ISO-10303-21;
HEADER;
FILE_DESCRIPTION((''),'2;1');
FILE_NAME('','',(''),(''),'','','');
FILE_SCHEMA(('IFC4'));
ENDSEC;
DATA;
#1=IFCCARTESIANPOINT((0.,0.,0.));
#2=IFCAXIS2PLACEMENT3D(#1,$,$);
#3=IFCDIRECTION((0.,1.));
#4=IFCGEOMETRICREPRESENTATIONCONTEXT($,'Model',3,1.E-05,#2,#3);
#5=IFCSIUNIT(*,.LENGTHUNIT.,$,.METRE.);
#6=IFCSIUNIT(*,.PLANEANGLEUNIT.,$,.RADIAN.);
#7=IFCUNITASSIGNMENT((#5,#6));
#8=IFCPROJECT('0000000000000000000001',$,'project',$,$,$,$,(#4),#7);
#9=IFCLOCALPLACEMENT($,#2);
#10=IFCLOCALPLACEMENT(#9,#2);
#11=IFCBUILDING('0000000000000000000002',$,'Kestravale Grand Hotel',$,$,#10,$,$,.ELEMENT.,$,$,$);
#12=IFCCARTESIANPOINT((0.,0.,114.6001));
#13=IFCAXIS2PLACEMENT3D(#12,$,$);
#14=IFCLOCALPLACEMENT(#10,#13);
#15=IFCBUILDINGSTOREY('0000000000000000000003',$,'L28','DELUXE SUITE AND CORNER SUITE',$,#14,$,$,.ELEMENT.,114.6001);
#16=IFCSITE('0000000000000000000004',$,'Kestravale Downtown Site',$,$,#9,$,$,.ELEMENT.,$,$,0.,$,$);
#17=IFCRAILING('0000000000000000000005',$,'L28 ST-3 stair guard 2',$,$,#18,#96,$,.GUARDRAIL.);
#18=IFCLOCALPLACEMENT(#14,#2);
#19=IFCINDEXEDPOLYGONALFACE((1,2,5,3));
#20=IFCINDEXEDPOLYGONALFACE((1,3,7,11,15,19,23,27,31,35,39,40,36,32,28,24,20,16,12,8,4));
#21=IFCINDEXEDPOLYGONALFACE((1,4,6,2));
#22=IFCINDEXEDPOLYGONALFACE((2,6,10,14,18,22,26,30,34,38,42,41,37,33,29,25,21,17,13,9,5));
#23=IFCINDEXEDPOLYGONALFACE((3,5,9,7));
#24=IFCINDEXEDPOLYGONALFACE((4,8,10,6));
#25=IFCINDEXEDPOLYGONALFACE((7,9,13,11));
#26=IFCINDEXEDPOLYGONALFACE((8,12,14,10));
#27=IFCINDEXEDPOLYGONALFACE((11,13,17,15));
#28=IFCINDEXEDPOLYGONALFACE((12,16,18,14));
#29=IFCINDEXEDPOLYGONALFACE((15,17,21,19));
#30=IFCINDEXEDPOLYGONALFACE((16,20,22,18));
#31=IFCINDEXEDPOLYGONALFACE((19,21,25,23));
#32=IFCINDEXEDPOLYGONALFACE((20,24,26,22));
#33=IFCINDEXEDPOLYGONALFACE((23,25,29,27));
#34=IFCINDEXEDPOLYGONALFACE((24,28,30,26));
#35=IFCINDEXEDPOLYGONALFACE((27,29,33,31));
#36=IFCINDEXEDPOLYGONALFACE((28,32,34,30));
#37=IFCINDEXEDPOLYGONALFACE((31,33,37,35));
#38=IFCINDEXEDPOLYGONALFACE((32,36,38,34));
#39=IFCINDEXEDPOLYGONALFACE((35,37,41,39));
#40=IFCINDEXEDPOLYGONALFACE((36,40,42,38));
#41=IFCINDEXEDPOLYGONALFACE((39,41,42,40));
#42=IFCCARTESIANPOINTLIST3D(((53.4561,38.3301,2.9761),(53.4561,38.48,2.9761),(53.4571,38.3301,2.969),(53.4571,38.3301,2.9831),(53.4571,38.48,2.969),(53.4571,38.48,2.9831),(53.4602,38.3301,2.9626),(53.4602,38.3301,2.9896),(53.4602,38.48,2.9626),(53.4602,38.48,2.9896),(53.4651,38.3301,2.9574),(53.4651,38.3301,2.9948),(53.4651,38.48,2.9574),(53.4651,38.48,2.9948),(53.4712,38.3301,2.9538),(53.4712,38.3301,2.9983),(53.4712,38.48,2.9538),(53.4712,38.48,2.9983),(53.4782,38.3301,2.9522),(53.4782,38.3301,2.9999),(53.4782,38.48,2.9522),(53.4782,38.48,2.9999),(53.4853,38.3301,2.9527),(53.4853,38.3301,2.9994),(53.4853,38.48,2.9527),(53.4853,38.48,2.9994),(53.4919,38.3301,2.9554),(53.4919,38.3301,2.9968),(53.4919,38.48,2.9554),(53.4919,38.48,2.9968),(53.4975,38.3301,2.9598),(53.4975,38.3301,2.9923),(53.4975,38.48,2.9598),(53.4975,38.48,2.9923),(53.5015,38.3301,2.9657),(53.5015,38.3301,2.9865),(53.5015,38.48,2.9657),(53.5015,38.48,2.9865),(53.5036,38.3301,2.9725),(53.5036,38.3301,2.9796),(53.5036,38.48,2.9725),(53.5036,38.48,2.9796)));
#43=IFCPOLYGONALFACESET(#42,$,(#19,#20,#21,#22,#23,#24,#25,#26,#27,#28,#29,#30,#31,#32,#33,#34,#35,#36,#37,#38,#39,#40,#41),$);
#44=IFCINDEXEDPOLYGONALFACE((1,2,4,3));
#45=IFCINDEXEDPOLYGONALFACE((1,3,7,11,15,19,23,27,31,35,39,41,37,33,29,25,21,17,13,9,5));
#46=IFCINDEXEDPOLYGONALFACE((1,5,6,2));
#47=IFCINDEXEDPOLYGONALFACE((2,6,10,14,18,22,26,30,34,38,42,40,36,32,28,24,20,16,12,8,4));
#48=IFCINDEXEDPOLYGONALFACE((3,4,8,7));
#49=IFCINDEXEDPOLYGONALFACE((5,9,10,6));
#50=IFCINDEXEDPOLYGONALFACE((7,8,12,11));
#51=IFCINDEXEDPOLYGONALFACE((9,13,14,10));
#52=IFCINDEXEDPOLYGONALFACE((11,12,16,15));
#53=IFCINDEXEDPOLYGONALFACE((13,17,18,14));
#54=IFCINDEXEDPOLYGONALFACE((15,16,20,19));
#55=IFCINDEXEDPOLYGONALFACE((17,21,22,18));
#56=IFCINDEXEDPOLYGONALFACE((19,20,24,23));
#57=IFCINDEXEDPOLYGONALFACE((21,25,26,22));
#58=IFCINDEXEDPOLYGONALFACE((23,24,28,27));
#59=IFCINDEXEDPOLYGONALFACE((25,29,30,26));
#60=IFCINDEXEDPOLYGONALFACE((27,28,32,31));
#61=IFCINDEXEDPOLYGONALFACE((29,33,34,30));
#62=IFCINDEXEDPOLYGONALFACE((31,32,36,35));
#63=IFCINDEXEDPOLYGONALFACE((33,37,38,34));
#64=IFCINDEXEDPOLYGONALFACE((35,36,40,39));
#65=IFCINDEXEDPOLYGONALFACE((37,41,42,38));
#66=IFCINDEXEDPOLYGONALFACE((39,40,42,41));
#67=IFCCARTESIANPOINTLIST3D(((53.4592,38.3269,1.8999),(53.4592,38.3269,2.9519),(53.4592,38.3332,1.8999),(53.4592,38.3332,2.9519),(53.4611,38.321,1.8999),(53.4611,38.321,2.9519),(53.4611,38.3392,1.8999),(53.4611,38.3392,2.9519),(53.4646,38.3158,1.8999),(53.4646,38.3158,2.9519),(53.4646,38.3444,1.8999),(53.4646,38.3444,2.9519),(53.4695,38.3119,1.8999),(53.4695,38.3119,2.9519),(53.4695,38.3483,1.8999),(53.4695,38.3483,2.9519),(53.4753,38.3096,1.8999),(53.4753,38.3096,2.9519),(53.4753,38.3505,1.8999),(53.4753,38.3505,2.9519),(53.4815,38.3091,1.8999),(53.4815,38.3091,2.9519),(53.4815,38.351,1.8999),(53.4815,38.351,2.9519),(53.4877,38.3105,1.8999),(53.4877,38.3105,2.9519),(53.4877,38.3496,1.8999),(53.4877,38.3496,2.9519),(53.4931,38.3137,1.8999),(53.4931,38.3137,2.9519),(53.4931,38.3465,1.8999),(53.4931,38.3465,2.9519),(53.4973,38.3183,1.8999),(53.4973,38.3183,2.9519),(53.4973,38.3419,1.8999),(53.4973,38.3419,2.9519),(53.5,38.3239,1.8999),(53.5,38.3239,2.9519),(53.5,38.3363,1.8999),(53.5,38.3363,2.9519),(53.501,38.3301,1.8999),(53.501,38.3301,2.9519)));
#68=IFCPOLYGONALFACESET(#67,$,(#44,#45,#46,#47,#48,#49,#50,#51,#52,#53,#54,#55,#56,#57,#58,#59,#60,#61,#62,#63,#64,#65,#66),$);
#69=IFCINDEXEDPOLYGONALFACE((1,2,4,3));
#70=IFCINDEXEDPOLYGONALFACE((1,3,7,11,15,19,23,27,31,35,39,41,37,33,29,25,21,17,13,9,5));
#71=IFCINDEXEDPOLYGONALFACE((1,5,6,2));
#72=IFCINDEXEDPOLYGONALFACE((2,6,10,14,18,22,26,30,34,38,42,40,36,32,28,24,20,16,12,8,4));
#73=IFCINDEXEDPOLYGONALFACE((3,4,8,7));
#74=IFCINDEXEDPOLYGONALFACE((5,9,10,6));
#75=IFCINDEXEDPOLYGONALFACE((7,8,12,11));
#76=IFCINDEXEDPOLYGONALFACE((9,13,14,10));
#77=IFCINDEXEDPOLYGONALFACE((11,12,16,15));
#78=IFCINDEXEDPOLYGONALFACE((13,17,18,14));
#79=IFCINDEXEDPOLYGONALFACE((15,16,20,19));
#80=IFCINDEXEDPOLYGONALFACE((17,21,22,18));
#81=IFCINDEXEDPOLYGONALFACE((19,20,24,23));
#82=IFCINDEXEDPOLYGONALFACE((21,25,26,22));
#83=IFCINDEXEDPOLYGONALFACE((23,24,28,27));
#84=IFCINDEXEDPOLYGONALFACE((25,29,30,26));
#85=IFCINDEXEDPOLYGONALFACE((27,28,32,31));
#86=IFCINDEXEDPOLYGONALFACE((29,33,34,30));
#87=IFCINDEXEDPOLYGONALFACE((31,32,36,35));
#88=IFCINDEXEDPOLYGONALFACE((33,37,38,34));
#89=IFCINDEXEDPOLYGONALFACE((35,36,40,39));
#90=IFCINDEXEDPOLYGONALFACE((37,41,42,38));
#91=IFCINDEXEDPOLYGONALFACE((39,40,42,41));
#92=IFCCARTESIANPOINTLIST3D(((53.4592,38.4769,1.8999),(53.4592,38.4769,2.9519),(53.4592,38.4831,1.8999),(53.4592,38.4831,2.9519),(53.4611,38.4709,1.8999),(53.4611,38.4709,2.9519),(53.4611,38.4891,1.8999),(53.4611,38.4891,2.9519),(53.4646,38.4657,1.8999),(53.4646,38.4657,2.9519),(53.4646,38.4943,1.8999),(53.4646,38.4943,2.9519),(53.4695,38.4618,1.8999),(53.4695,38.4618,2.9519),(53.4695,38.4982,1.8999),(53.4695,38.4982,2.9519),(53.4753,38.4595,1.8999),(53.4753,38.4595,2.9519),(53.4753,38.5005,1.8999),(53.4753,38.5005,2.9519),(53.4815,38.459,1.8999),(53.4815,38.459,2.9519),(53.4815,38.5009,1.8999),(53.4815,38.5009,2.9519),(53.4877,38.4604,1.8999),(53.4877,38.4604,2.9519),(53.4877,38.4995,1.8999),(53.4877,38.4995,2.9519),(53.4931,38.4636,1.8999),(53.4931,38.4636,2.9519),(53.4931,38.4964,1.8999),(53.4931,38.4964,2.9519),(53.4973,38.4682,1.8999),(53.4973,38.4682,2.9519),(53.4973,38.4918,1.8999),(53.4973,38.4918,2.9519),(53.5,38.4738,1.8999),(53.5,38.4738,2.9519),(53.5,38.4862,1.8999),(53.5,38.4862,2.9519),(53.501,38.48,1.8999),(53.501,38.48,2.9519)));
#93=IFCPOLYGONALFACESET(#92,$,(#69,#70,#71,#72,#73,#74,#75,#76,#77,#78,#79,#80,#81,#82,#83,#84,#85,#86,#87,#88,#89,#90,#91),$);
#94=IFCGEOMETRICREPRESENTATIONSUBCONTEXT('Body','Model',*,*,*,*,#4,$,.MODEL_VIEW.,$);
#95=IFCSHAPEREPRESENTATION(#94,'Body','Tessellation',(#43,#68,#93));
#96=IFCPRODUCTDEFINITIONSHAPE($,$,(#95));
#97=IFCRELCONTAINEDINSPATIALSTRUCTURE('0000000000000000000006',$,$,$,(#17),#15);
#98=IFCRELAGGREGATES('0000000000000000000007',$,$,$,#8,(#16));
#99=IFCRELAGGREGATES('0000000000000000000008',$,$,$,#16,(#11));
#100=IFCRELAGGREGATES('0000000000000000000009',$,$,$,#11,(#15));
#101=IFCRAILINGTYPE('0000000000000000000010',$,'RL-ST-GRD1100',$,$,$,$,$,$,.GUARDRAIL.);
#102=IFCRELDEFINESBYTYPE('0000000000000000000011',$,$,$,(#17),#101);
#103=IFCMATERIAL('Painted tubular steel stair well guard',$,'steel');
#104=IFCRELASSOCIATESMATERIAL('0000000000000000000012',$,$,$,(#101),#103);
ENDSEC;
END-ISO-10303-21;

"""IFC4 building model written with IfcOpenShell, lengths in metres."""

from ifc_helpers import new_model, si_unit, direction, frame, origin, origin_2d, place, context, subcontext, project, spatial, circle, extrude, material, type_object, element, save


model = new_model("IFC4")

# Units and contexts
model_context = context("Model", 3, precision=1e-05, world=origin(), true_north=direction((0.0, 1.0)))
body_context = subcontext(model_context, "Body", "Model", "MODEL_VIEW")
ifc_project = project(units=[si_unit("LENGTHUNIT", "METRE"), si_unit("PLANEANGLEUNIT", "RADIAN")], contexts=[model_context])

# Site, building, storey
site_placement = place(None, origin())
site = spatial("IfcSite", under=ifc_project, at=site_placement, Name="Kestravale Downtown Site", CompositionType="ELEMENT", RefElevation=0.0)
building_placement = place(site_placement, origin())
building = spatial("IfcBuilding", under=site, at=building_placement, Name="Kestravale Grand Hotel", CompositionType="ELEMENT")
storey_placement = place(building_placement, frame((0.0, 0.0, 114.6001)))
storey = spatial("IfcBuildingStorey", under=building, at=storey_placement, Name="L28", Description="DELUXE SUITE AND CORNER SUITE", CompositionType="ELEMENT", Elevation=114.6001)

# Railing
ifc_material_1 = material(Name="Painted tubular steel stair well guard", Category="steel")
railing_type_1 = type_object("IfcRailingType", Name="RL-ST-GRD1100", PredefinedType="GUARDRAIL", material=ifc_material_1)
railing_1_placement = place(storey_placement, frame((53.48, 38.3301, 1.8999)))
element("IfcRailing", 1, at=railing_1_placement, inside=storey, type_object=railing_type_1, Name="L28 ST-3 stair guard 2", PredefinedType="GUARDRAIL", context=body_context, shape_type="SweptSolid", body=[
    extrude(circle(Radius=0.0239, at=origin_2d()), frame((0.0, 0.0, 1.0762), z_axis=(0.0, 1.0, 0.0), x_axis=(-1.0, 0.0, 0.0)), (0.0, 0.0, 1.0), 0.1499),
    extrude(circle(Radius=0.021, at=origin_2d()), origin(), (0.0, 0.0, 1.0), 1.052),
    extrude(circle(Radius=0.021, at=origin_2d()), frame((0.0, 0.1499, 0.0)), (0.0, 0.0, 1.0), 1.052),
])

save(model, "model.ifc")
